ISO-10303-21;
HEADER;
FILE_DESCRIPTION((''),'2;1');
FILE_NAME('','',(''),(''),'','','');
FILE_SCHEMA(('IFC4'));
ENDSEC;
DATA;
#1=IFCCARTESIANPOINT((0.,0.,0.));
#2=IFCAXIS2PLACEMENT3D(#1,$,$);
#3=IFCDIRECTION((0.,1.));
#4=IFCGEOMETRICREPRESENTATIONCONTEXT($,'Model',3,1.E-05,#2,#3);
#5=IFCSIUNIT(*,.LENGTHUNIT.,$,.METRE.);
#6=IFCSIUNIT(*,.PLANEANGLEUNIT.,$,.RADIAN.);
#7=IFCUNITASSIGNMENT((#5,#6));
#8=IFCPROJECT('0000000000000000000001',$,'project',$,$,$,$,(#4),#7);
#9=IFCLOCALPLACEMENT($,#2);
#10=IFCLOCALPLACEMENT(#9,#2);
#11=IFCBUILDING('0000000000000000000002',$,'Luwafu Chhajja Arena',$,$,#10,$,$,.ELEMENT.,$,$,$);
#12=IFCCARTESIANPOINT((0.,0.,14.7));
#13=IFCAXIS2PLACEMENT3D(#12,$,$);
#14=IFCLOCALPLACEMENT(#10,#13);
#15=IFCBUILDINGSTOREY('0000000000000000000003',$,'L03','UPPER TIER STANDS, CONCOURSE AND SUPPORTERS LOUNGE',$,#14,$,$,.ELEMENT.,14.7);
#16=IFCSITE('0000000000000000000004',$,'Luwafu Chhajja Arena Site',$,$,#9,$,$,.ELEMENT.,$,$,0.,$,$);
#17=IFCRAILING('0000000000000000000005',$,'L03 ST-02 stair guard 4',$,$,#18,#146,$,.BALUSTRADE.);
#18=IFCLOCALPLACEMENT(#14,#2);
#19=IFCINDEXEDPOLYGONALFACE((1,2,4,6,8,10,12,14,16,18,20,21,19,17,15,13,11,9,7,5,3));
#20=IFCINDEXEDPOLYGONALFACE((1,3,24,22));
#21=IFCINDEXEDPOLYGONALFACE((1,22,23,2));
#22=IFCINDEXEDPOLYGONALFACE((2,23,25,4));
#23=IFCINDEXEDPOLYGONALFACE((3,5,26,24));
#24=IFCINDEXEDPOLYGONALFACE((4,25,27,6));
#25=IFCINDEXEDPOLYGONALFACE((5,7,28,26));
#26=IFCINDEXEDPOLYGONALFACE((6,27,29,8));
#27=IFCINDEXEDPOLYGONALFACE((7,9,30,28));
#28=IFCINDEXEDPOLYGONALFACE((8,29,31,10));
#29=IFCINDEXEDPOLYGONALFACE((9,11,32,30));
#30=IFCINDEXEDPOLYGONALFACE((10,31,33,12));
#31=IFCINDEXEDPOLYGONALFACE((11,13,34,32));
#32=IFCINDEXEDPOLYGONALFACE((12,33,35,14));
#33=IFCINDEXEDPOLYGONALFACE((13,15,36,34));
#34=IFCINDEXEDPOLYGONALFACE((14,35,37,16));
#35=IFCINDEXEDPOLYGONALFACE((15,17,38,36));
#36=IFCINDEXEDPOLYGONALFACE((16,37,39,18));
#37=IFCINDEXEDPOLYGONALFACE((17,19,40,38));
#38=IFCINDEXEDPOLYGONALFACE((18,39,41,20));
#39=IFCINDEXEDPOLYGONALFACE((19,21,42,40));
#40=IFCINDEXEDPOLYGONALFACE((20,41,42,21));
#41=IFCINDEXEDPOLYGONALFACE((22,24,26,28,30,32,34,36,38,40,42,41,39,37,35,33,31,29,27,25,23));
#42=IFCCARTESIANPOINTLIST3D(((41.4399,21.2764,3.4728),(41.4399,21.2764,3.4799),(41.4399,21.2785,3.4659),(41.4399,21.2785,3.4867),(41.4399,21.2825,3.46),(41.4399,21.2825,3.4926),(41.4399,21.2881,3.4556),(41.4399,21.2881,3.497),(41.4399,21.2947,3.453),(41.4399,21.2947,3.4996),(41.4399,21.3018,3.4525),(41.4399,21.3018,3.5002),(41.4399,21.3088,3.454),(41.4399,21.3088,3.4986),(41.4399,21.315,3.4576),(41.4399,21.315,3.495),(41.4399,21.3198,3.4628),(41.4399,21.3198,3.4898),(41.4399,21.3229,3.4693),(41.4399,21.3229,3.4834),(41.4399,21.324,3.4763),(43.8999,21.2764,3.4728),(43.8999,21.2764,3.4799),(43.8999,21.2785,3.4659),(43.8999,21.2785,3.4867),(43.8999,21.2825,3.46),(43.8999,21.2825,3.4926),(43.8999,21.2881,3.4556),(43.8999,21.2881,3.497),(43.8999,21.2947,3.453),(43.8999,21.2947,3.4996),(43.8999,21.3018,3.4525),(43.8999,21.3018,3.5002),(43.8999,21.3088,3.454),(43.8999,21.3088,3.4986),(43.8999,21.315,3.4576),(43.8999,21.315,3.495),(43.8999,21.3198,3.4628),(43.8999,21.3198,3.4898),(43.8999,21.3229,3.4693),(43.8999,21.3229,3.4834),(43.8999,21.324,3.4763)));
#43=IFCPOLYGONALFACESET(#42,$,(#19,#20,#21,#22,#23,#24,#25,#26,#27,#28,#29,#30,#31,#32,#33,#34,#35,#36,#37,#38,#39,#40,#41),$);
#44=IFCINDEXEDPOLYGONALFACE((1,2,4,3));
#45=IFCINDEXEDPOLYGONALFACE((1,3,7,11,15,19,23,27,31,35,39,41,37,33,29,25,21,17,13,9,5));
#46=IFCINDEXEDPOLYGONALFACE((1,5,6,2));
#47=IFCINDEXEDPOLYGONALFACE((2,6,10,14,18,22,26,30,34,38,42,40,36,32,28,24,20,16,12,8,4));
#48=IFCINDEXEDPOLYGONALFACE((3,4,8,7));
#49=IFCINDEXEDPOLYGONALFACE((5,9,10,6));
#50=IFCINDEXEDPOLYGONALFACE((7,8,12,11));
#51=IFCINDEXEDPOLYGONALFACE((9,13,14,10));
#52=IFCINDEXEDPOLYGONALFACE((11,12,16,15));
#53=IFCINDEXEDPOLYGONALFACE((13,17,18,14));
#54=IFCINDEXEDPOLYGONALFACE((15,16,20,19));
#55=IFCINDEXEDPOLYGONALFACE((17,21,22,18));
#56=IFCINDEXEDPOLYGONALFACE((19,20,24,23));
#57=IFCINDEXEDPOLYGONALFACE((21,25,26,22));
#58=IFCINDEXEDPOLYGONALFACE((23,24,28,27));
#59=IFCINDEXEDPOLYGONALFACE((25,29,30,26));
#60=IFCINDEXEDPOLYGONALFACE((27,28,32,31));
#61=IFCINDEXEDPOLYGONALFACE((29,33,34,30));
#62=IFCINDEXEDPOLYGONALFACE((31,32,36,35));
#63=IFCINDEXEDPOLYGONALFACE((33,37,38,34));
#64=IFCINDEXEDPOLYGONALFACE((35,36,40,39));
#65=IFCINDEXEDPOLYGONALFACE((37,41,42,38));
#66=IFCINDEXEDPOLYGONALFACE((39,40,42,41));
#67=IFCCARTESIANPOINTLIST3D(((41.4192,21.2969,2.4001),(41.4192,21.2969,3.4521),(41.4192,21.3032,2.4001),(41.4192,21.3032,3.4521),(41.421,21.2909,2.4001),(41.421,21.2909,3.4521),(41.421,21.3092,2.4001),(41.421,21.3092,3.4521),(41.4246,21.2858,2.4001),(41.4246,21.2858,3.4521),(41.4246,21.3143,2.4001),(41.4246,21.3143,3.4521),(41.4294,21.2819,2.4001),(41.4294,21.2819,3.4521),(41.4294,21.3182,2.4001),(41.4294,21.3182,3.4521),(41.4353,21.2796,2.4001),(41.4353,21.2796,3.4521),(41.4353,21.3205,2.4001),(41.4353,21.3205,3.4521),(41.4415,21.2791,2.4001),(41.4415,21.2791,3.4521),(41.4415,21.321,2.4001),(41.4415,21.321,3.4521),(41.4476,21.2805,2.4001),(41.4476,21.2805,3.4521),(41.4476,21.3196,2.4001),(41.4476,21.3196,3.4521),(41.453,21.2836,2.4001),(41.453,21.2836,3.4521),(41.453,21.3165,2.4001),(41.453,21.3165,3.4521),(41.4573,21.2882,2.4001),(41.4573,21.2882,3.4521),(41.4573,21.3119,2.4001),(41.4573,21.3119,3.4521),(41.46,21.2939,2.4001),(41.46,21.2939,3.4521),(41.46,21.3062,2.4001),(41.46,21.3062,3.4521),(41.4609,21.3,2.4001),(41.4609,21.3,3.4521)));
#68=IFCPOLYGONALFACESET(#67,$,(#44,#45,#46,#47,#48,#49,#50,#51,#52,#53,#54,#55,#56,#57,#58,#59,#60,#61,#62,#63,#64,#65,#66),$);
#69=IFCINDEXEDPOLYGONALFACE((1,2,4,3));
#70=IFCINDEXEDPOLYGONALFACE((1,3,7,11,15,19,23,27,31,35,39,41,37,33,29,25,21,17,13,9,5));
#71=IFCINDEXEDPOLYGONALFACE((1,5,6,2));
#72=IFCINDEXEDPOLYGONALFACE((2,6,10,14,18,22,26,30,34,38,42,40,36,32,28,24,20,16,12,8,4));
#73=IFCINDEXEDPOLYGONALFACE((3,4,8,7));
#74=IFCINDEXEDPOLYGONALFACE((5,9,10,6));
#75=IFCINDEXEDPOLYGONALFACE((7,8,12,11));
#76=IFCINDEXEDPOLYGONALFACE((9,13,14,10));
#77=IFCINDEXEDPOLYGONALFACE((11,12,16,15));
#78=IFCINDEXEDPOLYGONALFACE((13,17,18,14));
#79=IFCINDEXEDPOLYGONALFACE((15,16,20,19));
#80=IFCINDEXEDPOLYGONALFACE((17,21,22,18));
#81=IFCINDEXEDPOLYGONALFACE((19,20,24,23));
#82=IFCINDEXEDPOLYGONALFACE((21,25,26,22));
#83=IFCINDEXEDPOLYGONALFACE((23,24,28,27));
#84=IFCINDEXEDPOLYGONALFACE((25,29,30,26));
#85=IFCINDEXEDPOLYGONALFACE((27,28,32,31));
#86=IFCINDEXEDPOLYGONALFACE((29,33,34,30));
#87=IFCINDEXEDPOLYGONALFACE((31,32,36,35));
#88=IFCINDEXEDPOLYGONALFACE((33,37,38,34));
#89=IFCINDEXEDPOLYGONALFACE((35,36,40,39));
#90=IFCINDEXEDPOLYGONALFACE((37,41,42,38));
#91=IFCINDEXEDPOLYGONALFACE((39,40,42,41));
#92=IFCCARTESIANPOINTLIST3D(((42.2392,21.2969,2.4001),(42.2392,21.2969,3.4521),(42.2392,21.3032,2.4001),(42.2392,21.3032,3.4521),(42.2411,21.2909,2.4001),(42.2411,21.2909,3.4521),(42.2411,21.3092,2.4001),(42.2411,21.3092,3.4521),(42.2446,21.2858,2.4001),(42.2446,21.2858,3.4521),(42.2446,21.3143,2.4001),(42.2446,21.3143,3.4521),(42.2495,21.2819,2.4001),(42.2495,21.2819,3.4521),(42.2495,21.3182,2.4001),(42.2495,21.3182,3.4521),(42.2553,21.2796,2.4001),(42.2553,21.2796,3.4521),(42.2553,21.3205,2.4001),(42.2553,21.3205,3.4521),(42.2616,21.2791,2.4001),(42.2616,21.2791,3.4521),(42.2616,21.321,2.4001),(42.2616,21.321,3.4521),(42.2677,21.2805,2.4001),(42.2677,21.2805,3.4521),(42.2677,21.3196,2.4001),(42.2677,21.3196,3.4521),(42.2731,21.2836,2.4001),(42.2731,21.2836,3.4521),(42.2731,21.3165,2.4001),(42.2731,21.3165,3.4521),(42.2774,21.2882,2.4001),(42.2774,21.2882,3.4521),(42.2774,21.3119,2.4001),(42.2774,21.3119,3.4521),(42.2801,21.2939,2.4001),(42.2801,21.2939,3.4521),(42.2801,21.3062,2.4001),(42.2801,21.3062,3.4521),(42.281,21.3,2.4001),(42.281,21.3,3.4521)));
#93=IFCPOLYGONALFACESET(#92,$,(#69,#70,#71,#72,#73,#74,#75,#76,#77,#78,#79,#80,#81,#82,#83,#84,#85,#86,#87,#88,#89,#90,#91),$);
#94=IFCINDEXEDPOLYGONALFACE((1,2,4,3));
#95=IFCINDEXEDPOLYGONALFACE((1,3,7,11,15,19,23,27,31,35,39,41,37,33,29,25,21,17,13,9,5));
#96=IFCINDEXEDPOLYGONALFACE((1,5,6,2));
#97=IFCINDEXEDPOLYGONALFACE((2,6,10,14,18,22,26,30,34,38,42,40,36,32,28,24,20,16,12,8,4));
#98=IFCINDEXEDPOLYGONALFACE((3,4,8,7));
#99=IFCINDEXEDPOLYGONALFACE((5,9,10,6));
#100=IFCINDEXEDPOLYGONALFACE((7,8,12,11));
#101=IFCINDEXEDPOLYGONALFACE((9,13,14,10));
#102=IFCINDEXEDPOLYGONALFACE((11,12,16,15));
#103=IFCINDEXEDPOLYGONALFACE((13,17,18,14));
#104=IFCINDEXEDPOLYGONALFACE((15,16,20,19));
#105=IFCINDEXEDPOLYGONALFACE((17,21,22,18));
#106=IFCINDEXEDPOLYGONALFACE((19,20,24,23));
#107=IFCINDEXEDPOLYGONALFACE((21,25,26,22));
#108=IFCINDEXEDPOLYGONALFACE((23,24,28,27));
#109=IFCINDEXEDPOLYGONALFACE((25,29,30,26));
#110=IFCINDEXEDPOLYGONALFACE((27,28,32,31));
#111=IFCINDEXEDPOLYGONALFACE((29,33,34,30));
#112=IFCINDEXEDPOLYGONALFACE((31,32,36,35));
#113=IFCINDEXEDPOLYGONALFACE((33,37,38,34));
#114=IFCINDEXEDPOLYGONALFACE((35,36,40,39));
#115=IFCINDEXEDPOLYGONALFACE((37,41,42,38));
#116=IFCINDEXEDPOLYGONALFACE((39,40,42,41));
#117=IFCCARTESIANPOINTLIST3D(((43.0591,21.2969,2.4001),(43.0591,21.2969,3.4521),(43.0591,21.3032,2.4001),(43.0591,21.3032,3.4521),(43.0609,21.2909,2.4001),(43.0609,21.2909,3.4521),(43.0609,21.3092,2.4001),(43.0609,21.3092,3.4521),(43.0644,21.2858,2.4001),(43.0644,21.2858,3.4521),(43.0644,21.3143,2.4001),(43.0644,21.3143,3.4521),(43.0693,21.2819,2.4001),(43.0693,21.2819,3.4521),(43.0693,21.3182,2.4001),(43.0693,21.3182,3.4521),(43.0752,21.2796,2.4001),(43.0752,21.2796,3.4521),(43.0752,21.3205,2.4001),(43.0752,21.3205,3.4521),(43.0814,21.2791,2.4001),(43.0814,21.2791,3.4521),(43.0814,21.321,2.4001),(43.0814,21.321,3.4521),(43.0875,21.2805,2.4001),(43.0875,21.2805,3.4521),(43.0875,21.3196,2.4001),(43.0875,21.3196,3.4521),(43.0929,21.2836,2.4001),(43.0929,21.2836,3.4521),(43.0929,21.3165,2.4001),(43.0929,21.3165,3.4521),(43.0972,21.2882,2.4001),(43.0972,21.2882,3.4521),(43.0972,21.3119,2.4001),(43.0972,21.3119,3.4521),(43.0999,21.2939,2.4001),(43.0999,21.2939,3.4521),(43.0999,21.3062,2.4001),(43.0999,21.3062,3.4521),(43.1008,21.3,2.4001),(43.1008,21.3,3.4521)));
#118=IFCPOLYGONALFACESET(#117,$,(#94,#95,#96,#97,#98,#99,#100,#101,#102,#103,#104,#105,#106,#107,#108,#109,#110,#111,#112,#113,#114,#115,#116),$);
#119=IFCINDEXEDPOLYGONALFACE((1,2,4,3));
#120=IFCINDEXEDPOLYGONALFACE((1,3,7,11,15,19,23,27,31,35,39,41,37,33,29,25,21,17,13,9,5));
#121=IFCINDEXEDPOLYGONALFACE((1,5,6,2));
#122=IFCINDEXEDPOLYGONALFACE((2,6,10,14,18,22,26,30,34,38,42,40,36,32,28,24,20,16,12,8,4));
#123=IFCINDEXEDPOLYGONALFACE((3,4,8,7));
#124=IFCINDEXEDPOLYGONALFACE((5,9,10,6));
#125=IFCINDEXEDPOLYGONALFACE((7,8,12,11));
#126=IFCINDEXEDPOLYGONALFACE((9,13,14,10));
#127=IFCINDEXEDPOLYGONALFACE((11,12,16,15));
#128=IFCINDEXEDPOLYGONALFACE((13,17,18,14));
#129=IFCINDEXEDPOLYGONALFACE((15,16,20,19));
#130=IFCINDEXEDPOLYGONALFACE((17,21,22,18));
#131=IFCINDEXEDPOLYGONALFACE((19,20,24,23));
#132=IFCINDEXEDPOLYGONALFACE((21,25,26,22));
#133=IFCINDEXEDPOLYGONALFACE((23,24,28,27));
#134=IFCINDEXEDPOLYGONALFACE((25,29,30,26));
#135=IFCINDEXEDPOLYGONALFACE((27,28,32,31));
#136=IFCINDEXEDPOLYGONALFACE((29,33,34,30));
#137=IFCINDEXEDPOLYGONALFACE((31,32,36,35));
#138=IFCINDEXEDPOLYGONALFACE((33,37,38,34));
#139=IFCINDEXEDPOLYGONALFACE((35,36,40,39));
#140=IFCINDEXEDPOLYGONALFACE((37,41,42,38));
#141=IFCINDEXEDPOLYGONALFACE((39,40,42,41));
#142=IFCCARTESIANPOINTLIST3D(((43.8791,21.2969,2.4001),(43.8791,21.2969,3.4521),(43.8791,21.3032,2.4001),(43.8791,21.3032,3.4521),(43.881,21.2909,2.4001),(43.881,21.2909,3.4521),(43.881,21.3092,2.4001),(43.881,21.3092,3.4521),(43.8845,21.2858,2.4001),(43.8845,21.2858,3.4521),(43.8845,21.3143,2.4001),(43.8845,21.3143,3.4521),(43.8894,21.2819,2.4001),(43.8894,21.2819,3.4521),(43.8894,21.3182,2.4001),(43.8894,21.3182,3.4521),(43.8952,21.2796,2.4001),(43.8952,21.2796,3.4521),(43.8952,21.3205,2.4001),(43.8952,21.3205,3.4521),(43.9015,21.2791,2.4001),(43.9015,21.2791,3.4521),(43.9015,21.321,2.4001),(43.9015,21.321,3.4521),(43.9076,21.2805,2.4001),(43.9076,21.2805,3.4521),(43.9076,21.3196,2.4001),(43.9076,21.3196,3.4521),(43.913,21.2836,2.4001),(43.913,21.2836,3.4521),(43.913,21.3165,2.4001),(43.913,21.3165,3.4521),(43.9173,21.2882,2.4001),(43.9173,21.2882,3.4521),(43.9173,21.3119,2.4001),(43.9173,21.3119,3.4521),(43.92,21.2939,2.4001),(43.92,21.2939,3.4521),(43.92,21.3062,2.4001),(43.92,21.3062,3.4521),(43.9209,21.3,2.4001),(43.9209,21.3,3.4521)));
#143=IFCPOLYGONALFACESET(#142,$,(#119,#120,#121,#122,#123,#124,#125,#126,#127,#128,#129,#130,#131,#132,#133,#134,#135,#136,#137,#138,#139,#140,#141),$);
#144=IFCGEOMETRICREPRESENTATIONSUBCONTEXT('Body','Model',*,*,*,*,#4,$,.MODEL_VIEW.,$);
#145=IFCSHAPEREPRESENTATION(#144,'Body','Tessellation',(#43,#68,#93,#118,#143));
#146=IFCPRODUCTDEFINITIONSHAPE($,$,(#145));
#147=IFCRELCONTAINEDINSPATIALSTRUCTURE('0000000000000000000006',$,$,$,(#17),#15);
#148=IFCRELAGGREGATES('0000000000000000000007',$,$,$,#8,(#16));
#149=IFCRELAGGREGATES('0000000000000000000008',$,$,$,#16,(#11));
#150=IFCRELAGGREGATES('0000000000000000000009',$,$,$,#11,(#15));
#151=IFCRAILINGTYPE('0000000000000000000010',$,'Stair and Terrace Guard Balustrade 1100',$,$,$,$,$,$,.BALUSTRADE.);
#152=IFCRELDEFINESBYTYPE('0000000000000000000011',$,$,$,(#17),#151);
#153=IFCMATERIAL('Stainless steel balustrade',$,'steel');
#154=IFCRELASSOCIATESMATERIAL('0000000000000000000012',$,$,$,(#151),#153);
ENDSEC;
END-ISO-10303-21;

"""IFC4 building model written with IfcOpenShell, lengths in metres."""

from ifc_helpers import new_model, si_unit, direction, frame, origin, origin_2d, place, context, subcontext, project, spatial, circle, extrude, material, type_object, element, save


model = new_model("IFC4")

# Units and contexts
model_context = context("Model", 3, precision=1e-05, world=origin(), true_north=direction((0.0, 1.0)))
body_context = subcontext(model_context, "Body", "Model", "MODEL_VIEW")
ifc_project = project(units=[si_unit("LENGTHUNIT", "METRE"), si_unit("PLANEANGLEUNIT", "RADIAN")], contexts=[model_context])

# Site, building, storey
site_placement = place(None, origin())
site = spatial("IfcSite", under=ifc_project, at=site_placement, Name="Luwafu Chhajja Arena Site", CompositionType="ELEMENT", RefElevation=0.0)
building_placement = place(site_placement, origin())
building = spatial("IfcBuilding", under=site, at=building_placement, Name="Luwafu Chhajja Arena", CompositionType="ELEMENT")
storey_placement = place(building_placement, frame((0.0, 0.0, 14.7)))
storey = spatial("IfcBuildingStorey", under=building, at=storey_placement, Name="L03", Description="UPPER TIER STANDS, CONCOURSE AND SUPPORTERS LOUNGE", CompositionType="ELEMENT", Elevation=14.7)

# Railing
ifc_material_1 = material(Name="Stainless steel balustrade", Category="steel")
railing_type_1 = type_object("IfcRailingType", Name="Stair and Terrace Guard Balustrade 1100", PredefinedType="BALUSTRADE", material=ifc_material_1)
railing_1_placement = place(storey_placement, frame((41.4399, 21.3, 2.4001)))
element("IfcRailing", 1, at=railing_1_placement, inside=storey, type_object=railing_type_1, Name="L03 ST-02 stair guard 4", PredefinedType="BALUSTRADE", context=body_context, shape_type="SweptSolid", body=[
    extrude(circle(Radius=0.0239, at=origin_2d()), frame((0.0, 0.0, 1.0762), z_axis=(1.0, 0.0, 0.0), x_axis=(0.0, 1.0, 0.0)), (0.0, 0.0, 1.0), 2.46),
    extrude(circle(Radius=0.021, at=origin_2d()), origin(), (0.0, 0.0, 1.0), 1.052),
    extrude(circle(Radius=0.021, at=origin_2d()), frame((0.8201, 0.0, 0.0)), (0.0, 0.0, 1.0), 1.052),
    extrude(circle(Radius=0.021, at=origin_2d()), frame((1.6399, 0.0, 0.0)), (0.0, 0.0, 1.0), 1.052),
    extrude(circle(Radius=0.021, at=origin_2d()), frame((2.46, 0.0, 0.0)), (0.0, 0.0, 1.0), 1.052),
])

save(model, "model.ifc")
